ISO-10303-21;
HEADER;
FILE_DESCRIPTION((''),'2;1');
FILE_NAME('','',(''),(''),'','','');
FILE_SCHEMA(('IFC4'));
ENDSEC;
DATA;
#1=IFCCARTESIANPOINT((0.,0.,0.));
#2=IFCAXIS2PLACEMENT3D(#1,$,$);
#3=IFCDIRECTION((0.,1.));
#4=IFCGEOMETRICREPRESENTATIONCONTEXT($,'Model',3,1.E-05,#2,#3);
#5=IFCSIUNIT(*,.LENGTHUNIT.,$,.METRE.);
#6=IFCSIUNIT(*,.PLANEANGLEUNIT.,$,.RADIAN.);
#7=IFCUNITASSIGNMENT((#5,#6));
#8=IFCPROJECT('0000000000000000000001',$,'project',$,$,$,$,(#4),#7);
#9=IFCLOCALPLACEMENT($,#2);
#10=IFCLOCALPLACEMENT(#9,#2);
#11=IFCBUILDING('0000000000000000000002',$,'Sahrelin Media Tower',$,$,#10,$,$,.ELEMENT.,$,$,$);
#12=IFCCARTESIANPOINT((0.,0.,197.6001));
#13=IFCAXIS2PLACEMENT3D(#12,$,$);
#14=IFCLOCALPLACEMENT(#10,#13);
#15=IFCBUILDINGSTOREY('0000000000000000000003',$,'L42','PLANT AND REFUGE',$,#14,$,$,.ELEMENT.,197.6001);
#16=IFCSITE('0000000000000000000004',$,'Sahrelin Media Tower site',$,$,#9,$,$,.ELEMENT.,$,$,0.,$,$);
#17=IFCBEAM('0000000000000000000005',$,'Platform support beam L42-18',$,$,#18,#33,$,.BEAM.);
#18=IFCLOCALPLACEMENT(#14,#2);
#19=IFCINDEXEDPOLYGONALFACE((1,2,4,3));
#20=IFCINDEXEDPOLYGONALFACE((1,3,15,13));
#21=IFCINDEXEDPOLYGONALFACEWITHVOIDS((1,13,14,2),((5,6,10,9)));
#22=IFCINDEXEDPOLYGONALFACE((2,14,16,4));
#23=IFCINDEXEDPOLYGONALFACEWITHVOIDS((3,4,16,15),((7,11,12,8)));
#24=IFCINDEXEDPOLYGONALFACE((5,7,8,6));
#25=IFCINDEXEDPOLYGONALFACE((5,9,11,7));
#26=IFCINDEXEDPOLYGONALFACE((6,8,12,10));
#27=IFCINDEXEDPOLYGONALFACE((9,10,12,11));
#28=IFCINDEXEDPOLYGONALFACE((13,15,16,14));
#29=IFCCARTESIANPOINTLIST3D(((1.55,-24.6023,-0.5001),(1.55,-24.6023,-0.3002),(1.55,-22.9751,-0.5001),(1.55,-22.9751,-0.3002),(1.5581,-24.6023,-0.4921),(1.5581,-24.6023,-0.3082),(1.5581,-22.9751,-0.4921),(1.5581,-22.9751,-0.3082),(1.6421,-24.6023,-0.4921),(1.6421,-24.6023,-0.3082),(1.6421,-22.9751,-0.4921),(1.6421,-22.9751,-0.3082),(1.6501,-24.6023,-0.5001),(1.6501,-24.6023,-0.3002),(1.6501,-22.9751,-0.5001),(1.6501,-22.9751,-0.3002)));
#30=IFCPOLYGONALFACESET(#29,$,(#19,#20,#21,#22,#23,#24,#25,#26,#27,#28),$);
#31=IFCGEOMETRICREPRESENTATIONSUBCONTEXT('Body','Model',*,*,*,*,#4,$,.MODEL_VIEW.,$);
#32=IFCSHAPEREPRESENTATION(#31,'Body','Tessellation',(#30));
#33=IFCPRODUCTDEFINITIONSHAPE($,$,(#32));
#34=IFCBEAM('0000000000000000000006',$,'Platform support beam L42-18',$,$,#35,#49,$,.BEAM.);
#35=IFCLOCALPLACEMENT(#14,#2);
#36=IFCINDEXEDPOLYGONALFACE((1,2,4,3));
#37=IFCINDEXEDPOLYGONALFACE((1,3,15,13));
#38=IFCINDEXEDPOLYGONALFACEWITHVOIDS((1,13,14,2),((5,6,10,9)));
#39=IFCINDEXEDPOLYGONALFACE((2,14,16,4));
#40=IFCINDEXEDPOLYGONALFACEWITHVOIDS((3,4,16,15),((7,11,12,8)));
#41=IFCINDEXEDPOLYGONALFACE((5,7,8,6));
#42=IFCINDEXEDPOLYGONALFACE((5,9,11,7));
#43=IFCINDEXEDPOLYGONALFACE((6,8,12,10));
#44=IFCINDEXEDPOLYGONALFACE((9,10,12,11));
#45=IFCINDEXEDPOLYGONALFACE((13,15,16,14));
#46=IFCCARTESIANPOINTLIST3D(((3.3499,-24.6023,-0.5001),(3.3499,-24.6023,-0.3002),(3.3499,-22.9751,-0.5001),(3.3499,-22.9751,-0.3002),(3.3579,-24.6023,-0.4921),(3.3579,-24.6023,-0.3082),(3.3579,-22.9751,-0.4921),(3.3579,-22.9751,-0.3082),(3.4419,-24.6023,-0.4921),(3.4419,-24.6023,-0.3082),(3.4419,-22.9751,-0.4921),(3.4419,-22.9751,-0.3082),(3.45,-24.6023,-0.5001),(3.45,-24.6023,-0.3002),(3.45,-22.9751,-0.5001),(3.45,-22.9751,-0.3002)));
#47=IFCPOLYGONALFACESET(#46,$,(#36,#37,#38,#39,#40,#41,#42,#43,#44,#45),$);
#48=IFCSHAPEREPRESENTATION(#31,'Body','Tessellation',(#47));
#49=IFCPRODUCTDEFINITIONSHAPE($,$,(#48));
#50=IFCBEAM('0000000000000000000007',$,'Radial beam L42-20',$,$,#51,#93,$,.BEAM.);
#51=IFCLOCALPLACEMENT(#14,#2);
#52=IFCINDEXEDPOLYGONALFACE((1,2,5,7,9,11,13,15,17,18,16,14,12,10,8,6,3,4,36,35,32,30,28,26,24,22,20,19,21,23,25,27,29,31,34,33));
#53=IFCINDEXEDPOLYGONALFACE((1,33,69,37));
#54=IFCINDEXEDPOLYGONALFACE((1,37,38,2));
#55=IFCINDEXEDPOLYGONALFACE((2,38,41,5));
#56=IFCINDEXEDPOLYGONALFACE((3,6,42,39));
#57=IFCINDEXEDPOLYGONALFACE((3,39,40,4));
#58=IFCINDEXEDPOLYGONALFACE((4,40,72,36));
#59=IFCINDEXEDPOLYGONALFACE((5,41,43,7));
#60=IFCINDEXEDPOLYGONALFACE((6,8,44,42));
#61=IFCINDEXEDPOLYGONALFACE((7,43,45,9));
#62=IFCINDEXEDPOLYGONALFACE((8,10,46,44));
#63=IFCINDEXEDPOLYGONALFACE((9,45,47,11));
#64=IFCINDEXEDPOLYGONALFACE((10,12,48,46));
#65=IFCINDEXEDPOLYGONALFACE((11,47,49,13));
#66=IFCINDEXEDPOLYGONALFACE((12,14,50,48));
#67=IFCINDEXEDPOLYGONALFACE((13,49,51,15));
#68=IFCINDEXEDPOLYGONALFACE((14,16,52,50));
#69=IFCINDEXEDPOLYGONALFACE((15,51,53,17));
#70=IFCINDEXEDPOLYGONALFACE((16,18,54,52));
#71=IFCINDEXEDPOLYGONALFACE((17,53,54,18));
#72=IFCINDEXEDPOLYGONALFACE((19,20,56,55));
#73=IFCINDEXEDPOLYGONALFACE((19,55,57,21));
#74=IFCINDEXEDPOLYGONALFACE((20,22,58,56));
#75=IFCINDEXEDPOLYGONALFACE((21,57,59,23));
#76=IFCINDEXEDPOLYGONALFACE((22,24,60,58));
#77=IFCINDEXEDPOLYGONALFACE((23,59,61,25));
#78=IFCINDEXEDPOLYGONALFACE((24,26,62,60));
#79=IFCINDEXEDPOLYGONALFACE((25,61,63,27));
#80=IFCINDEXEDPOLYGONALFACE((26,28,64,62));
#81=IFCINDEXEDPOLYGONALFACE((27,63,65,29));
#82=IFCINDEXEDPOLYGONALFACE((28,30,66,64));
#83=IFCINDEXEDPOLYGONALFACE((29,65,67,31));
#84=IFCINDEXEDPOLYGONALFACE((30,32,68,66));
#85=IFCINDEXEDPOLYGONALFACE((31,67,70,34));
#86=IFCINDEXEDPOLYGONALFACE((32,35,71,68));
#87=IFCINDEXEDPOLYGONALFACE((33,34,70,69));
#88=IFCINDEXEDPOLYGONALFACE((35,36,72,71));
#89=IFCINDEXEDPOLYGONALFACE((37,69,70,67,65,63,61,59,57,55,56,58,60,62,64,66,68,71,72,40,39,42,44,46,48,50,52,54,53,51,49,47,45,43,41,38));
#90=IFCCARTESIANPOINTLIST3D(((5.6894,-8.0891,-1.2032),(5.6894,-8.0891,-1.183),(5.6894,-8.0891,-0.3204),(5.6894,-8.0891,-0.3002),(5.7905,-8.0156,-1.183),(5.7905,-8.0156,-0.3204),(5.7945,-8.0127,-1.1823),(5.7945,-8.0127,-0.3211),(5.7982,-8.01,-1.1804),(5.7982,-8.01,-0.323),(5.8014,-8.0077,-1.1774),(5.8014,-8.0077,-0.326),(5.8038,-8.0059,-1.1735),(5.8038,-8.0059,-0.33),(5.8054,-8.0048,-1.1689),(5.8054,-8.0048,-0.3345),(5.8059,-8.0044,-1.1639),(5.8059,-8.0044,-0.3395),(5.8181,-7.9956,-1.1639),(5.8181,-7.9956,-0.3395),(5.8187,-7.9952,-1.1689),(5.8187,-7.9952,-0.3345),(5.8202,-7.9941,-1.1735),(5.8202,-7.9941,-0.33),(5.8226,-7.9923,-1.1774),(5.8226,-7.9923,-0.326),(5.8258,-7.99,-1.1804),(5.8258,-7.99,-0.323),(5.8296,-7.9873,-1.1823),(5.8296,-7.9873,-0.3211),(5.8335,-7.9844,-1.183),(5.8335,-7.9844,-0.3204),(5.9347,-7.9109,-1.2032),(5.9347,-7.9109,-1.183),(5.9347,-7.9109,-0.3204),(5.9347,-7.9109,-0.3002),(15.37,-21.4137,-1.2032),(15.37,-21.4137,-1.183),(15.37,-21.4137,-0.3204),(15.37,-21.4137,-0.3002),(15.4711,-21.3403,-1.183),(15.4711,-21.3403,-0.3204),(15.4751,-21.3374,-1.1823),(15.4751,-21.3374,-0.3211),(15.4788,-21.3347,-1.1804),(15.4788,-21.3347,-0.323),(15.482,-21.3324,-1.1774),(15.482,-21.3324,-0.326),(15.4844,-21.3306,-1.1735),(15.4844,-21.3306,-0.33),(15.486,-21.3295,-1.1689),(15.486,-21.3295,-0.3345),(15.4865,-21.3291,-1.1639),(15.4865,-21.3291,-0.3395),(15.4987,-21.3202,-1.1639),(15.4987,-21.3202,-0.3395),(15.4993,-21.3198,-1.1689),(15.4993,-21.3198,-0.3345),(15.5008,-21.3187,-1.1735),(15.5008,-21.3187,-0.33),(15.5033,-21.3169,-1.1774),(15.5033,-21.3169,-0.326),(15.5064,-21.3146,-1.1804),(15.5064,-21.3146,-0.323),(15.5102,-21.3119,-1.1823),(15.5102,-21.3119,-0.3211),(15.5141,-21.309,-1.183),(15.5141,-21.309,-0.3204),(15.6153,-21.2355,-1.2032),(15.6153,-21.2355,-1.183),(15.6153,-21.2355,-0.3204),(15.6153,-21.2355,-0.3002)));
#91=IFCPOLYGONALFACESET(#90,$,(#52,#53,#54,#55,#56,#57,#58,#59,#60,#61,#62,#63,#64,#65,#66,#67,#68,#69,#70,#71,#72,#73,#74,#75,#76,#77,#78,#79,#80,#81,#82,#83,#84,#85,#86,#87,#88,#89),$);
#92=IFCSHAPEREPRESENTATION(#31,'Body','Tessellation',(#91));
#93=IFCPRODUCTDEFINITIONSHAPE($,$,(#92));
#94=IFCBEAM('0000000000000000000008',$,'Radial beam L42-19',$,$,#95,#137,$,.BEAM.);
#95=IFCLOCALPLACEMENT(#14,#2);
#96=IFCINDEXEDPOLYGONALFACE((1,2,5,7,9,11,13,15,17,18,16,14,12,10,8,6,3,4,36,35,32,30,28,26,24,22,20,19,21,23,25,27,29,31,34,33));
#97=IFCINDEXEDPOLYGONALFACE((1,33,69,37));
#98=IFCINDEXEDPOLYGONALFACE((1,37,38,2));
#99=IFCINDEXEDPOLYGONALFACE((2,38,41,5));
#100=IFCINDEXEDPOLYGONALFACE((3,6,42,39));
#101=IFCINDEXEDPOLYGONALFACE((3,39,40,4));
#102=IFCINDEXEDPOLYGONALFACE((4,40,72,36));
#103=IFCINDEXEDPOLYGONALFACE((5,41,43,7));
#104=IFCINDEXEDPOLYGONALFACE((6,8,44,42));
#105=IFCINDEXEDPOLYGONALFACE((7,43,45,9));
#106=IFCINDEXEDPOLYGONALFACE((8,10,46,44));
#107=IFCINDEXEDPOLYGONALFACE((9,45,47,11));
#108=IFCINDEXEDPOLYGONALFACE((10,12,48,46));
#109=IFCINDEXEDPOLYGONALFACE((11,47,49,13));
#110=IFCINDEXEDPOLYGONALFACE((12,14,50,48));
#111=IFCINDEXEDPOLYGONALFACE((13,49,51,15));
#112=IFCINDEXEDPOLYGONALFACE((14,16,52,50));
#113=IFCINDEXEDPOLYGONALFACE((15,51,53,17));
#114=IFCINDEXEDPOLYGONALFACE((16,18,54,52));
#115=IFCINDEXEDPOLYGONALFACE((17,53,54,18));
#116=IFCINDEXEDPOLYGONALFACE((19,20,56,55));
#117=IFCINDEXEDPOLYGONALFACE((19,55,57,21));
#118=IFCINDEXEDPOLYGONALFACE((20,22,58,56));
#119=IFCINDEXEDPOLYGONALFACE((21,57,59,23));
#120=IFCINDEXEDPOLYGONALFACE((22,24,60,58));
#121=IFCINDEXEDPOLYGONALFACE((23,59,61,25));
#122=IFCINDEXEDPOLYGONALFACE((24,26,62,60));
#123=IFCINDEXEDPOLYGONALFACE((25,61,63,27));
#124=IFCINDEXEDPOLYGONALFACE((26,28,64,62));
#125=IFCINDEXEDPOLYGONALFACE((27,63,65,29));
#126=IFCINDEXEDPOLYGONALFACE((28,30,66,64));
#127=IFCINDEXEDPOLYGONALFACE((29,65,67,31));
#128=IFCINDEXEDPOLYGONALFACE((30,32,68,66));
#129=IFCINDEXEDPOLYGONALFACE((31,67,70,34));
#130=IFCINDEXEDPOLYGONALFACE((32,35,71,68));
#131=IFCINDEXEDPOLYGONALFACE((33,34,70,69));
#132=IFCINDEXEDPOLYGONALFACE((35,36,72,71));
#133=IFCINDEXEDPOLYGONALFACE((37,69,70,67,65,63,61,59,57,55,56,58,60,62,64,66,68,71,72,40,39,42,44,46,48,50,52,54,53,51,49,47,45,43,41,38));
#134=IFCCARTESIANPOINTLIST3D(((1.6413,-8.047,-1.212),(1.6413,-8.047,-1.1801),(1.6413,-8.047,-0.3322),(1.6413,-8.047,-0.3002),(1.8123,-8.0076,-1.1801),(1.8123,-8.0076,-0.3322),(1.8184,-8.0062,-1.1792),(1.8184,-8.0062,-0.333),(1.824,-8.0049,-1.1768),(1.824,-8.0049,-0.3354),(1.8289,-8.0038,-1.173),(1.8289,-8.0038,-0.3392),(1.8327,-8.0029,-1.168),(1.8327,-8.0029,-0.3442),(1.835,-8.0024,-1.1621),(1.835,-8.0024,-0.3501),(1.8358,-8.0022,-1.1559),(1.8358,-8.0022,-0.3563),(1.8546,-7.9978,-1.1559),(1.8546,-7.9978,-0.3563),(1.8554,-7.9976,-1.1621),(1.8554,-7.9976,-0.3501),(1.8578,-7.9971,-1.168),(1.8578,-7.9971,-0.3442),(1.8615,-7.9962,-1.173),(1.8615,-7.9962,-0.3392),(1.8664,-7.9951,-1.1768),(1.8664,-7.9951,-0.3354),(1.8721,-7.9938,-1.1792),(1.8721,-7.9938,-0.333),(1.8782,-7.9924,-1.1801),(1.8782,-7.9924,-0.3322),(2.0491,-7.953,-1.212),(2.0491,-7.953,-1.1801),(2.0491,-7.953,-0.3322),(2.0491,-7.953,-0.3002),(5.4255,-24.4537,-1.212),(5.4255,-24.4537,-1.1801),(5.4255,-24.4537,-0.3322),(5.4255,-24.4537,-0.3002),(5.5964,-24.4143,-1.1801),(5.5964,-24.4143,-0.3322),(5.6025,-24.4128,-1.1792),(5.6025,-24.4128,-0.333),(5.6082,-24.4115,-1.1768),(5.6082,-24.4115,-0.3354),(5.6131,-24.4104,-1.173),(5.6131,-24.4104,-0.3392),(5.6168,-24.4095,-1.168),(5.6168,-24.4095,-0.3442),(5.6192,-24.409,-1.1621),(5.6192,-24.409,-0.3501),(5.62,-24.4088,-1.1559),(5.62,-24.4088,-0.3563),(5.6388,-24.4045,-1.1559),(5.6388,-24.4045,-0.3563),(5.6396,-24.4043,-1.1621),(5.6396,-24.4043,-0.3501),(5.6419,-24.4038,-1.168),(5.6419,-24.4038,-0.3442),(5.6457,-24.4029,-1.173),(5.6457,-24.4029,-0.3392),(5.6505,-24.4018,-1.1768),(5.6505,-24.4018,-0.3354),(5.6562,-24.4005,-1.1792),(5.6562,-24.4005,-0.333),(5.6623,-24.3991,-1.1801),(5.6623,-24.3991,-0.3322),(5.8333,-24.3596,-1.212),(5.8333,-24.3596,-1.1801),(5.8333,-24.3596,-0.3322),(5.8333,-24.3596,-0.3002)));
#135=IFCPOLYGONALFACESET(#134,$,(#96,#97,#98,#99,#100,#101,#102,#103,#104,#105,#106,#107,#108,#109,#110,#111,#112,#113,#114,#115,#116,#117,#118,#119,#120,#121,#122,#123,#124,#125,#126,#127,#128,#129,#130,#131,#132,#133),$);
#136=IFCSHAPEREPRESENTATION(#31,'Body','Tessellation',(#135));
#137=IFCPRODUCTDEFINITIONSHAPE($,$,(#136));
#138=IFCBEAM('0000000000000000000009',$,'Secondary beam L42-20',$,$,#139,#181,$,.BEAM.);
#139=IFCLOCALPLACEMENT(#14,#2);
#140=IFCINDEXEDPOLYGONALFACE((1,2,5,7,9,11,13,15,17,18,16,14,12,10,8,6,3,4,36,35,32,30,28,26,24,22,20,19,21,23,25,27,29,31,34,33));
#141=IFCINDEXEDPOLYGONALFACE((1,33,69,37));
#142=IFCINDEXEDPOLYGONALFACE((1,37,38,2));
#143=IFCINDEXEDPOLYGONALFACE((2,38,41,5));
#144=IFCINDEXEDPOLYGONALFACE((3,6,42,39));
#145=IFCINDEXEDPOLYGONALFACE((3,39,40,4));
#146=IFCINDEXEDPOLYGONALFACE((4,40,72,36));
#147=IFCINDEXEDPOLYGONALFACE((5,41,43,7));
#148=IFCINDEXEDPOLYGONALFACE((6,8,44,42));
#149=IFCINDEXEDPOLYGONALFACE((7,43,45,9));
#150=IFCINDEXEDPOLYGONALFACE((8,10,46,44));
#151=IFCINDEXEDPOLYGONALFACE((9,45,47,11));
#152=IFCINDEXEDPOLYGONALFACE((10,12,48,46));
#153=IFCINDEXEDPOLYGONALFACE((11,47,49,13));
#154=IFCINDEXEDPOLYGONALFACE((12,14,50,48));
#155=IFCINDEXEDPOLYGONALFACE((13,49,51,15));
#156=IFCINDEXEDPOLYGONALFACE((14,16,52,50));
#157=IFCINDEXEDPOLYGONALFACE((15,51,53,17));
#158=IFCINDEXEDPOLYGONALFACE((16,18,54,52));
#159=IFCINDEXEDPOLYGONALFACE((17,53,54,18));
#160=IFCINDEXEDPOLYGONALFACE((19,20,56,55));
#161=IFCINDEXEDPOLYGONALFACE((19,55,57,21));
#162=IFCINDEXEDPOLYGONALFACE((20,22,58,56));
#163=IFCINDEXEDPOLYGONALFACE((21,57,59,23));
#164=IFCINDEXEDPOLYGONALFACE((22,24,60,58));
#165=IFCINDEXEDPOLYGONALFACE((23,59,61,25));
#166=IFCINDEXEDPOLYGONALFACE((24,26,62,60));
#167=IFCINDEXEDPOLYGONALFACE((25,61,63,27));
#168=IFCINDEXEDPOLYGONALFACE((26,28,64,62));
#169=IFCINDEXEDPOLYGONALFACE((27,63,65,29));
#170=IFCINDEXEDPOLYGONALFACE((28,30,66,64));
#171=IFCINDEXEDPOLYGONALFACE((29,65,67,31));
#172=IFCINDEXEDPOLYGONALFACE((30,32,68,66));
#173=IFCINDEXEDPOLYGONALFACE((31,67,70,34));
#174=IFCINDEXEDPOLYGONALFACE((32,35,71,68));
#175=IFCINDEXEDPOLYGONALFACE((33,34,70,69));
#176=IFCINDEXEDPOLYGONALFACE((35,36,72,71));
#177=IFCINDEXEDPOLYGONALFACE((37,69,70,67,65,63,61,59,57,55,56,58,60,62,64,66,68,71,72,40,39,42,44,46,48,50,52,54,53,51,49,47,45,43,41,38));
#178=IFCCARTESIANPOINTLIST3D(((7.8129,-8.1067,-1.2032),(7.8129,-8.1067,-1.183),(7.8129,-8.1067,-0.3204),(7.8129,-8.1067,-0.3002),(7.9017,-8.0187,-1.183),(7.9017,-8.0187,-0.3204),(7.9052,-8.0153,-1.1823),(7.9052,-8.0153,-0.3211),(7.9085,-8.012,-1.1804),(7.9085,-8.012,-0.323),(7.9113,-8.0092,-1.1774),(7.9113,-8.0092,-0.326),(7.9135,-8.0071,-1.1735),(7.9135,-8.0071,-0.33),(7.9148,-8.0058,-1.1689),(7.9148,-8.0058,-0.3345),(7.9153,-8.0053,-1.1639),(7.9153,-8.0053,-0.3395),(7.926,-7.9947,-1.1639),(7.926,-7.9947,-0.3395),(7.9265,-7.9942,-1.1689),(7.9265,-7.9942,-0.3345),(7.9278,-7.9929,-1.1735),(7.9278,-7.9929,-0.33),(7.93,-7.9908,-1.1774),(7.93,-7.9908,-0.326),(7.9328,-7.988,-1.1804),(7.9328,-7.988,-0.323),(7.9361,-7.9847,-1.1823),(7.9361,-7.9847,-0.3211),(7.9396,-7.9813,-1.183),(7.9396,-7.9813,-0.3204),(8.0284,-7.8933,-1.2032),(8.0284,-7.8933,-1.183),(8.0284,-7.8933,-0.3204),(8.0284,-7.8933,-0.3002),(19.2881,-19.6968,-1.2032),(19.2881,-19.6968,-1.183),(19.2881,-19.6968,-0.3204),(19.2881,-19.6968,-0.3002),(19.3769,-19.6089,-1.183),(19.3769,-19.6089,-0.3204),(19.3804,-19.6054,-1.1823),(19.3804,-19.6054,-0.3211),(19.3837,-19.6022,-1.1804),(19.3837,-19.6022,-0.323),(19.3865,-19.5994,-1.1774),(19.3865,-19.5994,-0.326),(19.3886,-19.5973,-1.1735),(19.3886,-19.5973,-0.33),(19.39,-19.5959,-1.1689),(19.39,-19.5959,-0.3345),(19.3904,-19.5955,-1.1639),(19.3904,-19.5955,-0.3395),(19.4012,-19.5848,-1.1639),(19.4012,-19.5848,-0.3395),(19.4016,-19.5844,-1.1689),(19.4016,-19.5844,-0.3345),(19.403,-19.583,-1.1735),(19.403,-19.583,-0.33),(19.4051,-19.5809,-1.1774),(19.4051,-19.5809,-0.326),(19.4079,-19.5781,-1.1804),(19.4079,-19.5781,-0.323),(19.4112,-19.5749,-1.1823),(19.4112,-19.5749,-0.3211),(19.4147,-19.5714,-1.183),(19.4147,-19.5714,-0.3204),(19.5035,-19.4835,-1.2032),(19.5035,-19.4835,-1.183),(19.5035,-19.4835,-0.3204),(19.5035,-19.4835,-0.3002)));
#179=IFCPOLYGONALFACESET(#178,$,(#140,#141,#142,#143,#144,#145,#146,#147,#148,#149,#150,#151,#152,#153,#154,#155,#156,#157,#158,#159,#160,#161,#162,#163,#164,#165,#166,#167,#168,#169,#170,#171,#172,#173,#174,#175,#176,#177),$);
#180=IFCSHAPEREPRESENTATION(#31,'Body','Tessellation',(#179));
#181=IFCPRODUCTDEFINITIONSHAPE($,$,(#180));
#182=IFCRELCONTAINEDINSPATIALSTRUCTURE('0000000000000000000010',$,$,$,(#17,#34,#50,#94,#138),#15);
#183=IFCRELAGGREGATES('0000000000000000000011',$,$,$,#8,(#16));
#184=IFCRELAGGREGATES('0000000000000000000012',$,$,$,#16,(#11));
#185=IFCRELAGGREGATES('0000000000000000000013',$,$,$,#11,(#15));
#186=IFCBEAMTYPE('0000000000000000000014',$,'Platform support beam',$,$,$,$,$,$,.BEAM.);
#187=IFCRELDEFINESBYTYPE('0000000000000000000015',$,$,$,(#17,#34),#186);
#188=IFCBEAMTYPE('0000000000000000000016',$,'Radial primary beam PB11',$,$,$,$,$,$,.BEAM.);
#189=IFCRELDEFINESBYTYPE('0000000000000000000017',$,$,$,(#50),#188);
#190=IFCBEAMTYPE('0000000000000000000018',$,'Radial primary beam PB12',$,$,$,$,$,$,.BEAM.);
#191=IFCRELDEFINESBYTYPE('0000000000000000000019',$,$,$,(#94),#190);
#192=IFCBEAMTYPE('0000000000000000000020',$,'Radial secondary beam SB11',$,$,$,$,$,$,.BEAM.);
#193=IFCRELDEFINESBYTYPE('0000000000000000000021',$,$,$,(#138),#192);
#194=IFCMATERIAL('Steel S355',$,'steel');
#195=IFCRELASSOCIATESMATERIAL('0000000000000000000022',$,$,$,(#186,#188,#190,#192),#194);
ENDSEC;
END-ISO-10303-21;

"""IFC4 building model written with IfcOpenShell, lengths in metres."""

from ifc_helpers import new_model, si_unit, direction, frame, origin, origin_2d, place, context, subcontext, project, spatial, hollow_rectangle, i_section, extrude, material, material_profile, profile_set, type_object, element, save


model = new_model("IFC4")

# Units and contexts
model_context = context("Model", 3, precision=1e-05, world=origin(), true_north=direction((0.0, 1.0)))
body_context = subcontext(model_context, "Body", "Model", "MODEL_VIEW")
ifc_project = project(units=[si_unit("LENGTHUNIT", "METRE"), si_unit("PLANEANGLEUNIT", "RADIAN")], contexts=[model_context])

# Site, building, storey
site_placement = place(None, origin())
site = spatial("IfcSite", under=ifc_project, at=site_placement, Name="Sahrelin Media Tower site", CompositionType="ELEMENT", RefElevation=0.0)
building_placement = place(site_placement, origin())
building = spatial("IfcBuilding", under=site, at=building_placement, Name="Sahrelin Media Tower", CompositionType="ELEMENT")
storey_placement = place(building_placement, frame((0.0, 0.0, 197.6001)))
storey = spatial("IfcBuildingStorey", under=building, at=storey_placement, Name="L42", Description="PLANT AND REFUGE", CompositionType="ELEMENT", Elevation=197.6001)

# Beams
ifc_material_1 = material(Name="Steel S355", Category="steel")
ifc_material_profile_1 = material_profile(ifc_material_1, hollow_rectangle(XDim=0.1001, YDim=0.2, WallThickness=0.0081, at=origin_2d()), Name="RHS 200x100x8")
ifc_profile_set_1 = profile_set([ifc_material_profile_1], Name="Steel S355")
beam_type_1 = type_object("IfcBeamType", Name="Platform support beam", PredefinedType="BEAM", material=ifc_profile_set_1)
for number, where, z_axis, x_axis, name in (
    (1, (1.6001, -22.9751, -0.4001), (0.0, -1.0, 0.0), (1.0, 0.0, 0.0), "Platform support beam L42-18"),
    (2, (3.3999, -22.9751, -0.4001), (0.0, -1.0, 0.0), (1.0, 0.0, 0.0), "Platform support beam L42-18"),
):
    element("IfcBeam", number, at=place(storey_placement, frame(where, z_axis=z_axis, x_axis=x_axis)), inside=storey, type_object=beam_type_1, Name=name, PredefinedType="BEAM", context=body_context, shape_type="SweptSolid", body=[
        extrude(hollow_rectangle(XDim=0.1001, YDim=0.2, WallThickness=0.0081, at=origin_2d()), origin(), (0.0, 0.0, 1.0), 1.6272),
    ])
ifc_material_profile_2 = material_profile(ifc_material_1, i_section(OverallWidth=0.3032, OverallDepth=0.9031, WebThickness=0.0151, FlangeThickness=0.0203, FilletRadius=0.019, at=origin_2d()), Name="UB 914x305x201")
ifc_profile_set_2 = profile_set([ifc_material_profile_2], Name="Steel S355")
beam_type_2 = type_object("IfcBeamType", Name="Radial primary beam PB11", PredefinedType="BEAM", material=ifc_profile_set_2)
beam_1_placement = place(storey_placement, frame((5.812, -8.0, -0.7517), z_axis=(0.587773, -0.809026, 0.0), x_axis=(0.809026, 0.587773, 0.0)))
element("IfcBeam", 3, at=beam_1_placement, inside=storey, type_object=beam_type_2, Name="Radial beam L42-20", PredefinedType="BEAM", context=body_context, shape_type="SweptSolid", body=[
    extrude(i_section(OverallWidth=0.3032, OverallDepth=0.9031, WebThickness=0.0151, FlangeThickness=0.0203, FilletRadius=0.019, at=origin_2d()), origin(), (0.0, 0.0, 1.0), 16.47),
])
ifc_material_profile_3 = material_profile(ifc_material_1, i_section(OverallWidth=0.4185, OverallDepth=0.9119, WebThickness=0.0193, FlangeThickness=0.032, FilletRadius=0.0242, at=origin_2d()), Name="UB 914x419x343")
ifc_profile_set_3 = profile_set([ifc_material_profile_3], Name="Steel S355")
beam_type_3 = type_object("IfcBeamType", Name="Radial primary beam PB12", PredefinedType="BEAM", material=ifc_profile_set_3)
beam_2_placement = place(storey_placement, frame((1.8452, -8.0, -0.7561), z_axis=(0.224747, -0.974417, 0.0), x_axis=(0.974417, 0.224747, 0.0)))
element("IfcBeam", 4, at=beam_2_placement, inside=storey, type_object=beam_type_3, Name="Radial beam L42-19", PredefinedType="BEAM", context=body_context, shape_type="SweptSolid", body=[
    extrude(i_section(OverallWidth=0.4185, OverallDepth=0.9119, WebThickness=0.0193, FlangeThickness=0.032, FilletRadius=0.0242, at=origin_2d()), origin(), (0.0, 0.0, 1.0), 16.8374),
])
ifc_material_profile_4 = material_profile(ifc_material_1, i_section(OverallWidth=0.3032, OverallDepth=0.9031, WebThickness=0.0151, FlangeThickness=0.0203, FilletRadius=0.019, at=origin_2d()), Name="UB 914x305x201")
ifc_profile_set_4 = profile_set([ifc_material_profile_4], Name="Steel S355")
beam_type_4 = type_object("IfcBeamType", Name="Radial secondary beam SB11", PredefinedType="BEAM", material=ifc_profile_set_4)
beam_3_placement = place(storey_placement, frame((7.9207, -8.0, -0.7517), z_axis=(0.703573, -0.710623, 0.0), x_axis=(0.710623, 0.703573, 0.0)))
element("IfcBeam", 5, at=beam_3_placement, inside=storey, type_object=beam_type_4, Name="Secondary beam L42-20", PredefinedType="BEAM", context=body_context, shape_type="SweptSolid", body=[
    extrude(i_section(OverallWidth=0.3032, OverallDepth=0.9031, WebThickness=0.0151, FlangeThickness=0.0203, FilletRadius=0.019, at=origin_2d()), origin(), (0.0, 0.0, 1.0), 16.3098),
])

save(model, "model.ifc")
